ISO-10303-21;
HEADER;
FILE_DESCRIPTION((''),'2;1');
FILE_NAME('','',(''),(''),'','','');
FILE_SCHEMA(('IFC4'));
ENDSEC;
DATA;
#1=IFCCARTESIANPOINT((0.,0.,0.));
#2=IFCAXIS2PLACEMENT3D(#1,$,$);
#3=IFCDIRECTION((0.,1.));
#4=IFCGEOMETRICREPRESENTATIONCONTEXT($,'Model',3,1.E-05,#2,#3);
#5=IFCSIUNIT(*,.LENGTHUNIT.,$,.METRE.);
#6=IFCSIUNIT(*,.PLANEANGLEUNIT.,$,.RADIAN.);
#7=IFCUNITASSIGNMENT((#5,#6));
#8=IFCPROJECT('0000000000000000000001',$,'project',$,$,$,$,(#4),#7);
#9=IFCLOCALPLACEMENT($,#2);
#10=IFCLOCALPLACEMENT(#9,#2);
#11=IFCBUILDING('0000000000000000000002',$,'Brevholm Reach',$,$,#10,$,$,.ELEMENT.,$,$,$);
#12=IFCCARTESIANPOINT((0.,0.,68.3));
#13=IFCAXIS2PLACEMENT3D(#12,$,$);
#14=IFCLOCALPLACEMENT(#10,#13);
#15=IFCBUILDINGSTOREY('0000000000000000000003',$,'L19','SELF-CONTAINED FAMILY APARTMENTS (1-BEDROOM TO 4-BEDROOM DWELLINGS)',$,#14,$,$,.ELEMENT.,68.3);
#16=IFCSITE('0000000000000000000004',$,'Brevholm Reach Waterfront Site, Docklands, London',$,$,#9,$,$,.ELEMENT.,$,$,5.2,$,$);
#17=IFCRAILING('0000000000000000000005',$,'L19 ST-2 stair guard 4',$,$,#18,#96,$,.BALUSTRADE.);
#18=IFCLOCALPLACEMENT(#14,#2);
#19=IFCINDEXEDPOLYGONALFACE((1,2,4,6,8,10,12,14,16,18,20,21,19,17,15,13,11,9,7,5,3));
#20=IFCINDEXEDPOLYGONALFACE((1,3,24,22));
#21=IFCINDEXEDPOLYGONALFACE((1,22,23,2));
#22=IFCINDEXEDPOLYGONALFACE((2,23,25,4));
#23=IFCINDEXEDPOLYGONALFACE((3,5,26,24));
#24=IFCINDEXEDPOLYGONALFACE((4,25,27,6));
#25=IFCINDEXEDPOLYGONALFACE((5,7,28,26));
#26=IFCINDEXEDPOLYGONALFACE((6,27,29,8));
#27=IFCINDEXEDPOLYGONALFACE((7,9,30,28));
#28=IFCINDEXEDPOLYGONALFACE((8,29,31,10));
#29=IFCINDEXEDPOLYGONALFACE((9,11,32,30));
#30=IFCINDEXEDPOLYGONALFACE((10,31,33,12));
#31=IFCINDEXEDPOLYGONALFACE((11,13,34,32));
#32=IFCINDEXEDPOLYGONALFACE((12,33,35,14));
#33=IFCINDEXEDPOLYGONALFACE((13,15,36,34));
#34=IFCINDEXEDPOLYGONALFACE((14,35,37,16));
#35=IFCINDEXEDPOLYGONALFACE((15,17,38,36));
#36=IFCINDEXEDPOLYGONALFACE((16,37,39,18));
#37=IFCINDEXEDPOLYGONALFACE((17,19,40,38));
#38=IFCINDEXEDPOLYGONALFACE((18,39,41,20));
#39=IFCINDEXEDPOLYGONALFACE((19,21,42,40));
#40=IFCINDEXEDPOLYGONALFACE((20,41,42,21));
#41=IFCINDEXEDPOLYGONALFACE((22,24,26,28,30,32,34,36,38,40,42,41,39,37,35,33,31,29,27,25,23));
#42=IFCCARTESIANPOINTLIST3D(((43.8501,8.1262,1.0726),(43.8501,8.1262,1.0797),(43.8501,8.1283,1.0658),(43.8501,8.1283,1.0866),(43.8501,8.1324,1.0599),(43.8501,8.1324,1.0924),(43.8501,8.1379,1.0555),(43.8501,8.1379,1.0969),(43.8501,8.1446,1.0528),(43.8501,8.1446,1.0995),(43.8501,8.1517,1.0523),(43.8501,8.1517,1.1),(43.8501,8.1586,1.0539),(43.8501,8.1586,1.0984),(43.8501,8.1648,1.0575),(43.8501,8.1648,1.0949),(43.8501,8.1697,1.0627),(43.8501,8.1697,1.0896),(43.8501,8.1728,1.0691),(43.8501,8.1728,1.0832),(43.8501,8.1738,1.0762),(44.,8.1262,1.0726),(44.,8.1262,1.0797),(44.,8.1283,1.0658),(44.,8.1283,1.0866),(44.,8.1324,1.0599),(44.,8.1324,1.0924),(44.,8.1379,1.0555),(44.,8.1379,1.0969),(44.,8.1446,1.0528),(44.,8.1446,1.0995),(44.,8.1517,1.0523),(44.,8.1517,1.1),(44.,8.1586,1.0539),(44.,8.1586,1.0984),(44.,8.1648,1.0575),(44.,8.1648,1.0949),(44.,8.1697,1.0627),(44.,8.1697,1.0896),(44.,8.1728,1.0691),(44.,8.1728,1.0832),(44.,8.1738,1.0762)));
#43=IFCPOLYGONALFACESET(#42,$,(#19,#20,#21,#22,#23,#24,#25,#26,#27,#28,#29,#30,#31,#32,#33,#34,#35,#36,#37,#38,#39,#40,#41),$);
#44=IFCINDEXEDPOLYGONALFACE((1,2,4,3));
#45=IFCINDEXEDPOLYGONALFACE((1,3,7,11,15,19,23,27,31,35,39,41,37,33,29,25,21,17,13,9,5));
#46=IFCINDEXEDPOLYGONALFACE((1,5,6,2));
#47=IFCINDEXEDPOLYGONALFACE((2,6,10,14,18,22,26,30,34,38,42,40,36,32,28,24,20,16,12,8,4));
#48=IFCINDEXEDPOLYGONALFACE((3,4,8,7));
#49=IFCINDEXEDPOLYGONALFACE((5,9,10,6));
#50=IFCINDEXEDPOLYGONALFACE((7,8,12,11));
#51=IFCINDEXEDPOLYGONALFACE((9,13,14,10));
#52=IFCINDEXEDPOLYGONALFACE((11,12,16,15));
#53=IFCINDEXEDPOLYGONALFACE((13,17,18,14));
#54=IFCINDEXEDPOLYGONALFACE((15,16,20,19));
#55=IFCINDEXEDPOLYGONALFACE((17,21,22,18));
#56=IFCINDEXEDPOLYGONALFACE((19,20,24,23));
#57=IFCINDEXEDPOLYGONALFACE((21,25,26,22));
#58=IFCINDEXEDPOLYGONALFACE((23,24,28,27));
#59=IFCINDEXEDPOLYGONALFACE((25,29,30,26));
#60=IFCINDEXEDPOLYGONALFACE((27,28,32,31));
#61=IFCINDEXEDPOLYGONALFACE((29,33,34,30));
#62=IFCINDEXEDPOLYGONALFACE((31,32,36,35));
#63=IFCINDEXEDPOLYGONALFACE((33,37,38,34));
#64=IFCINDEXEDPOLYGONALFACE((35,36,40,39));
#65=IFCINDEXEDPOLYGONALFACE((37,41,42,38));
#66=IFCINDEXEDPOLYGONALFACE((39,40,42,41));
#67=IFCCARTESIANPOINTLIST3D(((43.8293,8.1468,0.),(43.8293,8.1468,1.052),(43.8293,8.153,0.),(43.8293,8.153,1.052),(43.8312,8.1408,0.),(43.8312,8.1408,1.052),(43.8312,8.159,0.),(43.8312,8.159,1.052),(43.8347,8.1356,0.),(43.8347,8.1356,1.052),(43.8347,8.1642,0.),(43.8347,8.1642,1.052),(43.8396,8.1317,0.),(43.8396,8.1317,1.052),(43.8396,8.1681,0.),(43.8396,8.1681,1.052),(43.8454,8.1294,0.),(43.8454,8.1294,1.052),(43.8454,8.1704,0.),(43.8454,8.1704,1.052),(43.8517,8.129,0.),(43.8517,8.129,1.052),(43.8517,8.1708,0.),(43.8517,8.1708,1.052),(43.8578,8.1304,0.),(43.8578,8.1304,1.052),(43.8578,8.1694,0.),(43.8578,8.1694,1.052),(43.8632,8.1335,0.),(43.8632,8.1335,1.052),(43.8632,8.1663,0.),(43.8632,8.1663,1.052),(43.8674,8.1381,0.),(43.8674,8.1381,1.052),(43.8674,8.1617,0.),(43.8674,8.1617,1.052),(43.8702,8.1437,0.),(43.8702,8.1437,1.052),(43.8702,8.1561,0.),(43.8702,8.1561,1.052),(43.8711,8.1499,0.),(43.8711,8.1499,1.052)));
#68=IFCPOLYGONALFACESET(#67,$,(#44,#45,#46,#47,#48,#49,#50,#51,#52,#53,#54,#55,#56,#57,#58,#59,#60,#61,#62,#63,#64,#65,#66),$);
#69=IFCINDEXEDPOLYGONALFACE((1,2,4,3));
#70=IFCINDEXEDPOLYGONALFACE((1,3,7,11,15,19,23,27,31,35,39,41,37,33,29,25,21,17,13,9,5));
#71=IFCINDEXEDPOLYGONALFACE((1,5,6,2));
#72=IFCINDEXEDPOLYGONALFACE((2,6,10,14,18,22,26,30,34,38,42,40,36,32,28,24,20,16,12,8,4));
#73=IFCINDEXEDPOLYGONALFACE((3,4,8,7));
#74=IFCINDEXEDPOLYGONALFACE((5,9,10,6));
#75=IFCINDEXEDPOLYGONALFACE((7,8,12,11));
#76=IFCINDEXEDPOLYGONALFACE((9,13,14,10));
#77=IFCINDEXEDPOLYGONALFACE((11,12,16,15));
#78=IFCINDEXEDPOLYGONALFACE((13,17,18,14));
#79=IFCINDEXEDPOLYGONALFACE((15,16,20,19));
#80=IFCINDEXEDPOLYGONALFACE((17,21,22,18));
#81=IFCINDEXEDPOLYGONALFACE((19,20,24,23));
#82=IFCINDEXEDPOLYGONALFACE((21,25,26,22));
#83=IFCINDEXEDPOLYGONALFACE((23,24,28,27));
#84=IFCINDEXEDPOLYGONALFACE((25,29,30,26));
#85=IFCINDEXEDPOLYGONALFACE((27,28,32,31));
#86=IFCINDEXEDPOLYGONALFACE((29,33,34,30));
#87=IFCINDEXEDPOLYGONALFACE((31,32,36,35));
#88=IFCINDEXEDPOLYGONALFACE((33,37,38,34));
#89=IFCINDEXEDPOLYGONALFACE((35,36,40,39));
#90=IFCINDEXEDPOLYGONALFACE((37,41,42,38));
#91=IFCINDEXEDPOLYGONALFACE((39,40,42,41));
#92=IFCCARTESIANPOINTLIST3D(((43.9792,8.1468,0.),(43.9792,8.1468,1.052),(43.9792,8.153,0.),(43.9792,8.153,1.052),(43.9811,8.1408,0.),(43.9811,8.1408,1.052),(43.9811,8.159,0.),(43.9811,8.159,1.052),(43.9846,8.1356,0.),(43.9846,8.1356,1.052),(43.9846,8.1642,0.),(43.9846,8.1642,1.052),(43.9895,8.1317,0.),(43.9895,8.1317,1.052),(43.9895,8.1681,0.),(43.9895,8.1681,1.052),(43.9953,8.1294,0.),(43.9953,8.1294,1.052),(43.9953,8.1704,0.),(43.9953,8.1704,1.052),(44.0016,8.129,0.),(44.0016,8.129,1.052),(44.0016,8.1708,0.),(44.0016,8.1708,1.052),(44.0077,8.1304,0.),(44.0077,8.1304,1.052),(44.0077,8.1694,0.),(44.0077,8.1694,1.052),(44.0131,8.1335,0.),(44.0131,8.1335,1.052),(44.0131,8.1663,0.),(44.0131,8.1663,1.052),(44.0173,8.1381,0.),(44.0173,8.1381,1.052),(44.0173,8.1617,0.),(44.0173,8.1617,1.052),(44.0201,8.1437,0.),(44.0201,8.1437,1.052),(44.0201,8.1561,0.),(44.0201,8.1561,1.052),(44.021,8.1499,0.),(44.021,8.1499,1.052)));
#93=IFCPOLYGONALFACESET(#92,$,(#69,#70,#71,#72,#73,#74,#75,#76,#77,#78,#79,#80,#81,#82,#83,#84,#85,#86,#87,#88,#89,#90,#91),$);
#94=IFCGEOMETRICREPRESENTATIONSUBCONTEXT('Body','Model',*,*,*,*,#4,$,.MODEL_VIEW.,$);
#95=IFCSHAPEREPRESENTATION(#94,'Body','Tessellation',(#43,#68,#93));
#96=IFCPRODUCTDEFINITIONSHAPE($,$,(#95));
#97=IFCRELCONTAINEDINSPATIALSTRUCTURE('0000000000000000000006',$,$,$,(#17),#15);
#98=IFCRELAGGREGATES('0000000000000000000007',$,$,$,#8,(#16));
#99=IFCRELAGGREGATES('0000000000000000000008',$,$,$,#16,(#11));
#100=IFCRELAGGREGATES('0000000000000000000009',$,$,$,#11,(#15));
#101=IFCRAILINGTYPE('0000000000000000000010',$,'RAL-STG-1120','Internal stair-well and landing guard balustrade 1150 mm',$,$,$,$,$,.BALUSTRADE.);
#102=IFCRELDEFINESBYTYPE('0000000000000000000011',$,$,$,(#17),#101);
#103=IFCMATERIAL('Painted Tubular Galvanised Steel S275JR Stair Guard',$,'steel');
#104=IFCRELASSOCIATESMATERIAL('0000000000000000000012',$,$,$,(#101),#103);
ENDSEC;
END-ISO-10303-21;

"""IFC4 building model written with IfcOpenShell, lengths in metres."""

from ifc_helpers import new_model, si_unit, direction, frame, origin, origin_2d, place, context, subcontext, project, spatial, circle, extrude, material, type_object, element, save


model = new_model("IFC4")

# Units and contexts
model_context = context("Model", 3, precision=1e-05, world=origin(), true_north=direction((0.0, 1.0)))
body_context = subcontext(model_context, "Body", "Model", "MODEL_VIEW")
ifc_project = project(units=[si_unit("LENGTHUNIT", "METRE"), si_unit("PLANEANGLEUNIT", "RADIAN")], contexts=[model_context])

# Site, building, storey
site_placement = place(None, origin())
site = spatial("IfcSite", under=ifc_project, at=site_placement, Name="Brevholm Reach Waterfront Site, Docklands, London", CompositionType="ELEMENT", RefElevation=5.2)
building_placement = place(site_placement, origin())
building = spatial("IfcBuilding", under=site, at=building_placement, Name="Brevholm Reach", CompositionType="ELEMENT")
storey_placement = place(building_placement, frame((0.0, 0.0, 68.3)))
storey = spatial("IfcBuildingStorey", under=building, at=storey_placement, Name="L19", Description="SELF-CONTAINED FAMILY APARTMENTS (1-BEDROOM TO 4-BEDROOM DWELLINGS)", CompositionType="ELEMENT", Elevation=68.3)

# Railing
ifc_material_1 = material(Name="Painted Tubular Galvanised Steel S275JR Stair Guard", Category="steel")
railing_type = type_object("IfcRailingType", Name="RAL-STG-1120", Description="Internal stair-well and landing guard balustrade 1150 mm", PredefinedType="BALUSTRADE", material=ifc_material_1)
railing_1_placement = place(storey_placement, frame((43.8501, 8.1499, 0.0)))
element("IfcRailing", 1, at=railing_1_placement, inside=storey, type_object=railing_type, Name="L19 ST-2 stair guard 4", PredefinedType="BALUSTRADE", context=body_context, shape_type="SweptSolid", body=[
    extrude(circle(Radius=0.0239, at=origin_2d()), frame((0.0, 0.0, 1.0762), z_axis=(1.0, 0.0, 0.0), x_axis=(0.0, 1.0, 0.0)), (0.0, 0.0, 1.0), 0.1499),
    extrude(circle(Radius=0.021, at=origin_2d()), origin(), (0.0, 0.0, 1.0), 1.052),
    extrude(circle(Radius=0.021, at=origin_2d()), frame((0.1499, 0.0, 0.0)), (0.0, 0.0, 1.0), 1.052),
])

save(model, "model.ifc")
